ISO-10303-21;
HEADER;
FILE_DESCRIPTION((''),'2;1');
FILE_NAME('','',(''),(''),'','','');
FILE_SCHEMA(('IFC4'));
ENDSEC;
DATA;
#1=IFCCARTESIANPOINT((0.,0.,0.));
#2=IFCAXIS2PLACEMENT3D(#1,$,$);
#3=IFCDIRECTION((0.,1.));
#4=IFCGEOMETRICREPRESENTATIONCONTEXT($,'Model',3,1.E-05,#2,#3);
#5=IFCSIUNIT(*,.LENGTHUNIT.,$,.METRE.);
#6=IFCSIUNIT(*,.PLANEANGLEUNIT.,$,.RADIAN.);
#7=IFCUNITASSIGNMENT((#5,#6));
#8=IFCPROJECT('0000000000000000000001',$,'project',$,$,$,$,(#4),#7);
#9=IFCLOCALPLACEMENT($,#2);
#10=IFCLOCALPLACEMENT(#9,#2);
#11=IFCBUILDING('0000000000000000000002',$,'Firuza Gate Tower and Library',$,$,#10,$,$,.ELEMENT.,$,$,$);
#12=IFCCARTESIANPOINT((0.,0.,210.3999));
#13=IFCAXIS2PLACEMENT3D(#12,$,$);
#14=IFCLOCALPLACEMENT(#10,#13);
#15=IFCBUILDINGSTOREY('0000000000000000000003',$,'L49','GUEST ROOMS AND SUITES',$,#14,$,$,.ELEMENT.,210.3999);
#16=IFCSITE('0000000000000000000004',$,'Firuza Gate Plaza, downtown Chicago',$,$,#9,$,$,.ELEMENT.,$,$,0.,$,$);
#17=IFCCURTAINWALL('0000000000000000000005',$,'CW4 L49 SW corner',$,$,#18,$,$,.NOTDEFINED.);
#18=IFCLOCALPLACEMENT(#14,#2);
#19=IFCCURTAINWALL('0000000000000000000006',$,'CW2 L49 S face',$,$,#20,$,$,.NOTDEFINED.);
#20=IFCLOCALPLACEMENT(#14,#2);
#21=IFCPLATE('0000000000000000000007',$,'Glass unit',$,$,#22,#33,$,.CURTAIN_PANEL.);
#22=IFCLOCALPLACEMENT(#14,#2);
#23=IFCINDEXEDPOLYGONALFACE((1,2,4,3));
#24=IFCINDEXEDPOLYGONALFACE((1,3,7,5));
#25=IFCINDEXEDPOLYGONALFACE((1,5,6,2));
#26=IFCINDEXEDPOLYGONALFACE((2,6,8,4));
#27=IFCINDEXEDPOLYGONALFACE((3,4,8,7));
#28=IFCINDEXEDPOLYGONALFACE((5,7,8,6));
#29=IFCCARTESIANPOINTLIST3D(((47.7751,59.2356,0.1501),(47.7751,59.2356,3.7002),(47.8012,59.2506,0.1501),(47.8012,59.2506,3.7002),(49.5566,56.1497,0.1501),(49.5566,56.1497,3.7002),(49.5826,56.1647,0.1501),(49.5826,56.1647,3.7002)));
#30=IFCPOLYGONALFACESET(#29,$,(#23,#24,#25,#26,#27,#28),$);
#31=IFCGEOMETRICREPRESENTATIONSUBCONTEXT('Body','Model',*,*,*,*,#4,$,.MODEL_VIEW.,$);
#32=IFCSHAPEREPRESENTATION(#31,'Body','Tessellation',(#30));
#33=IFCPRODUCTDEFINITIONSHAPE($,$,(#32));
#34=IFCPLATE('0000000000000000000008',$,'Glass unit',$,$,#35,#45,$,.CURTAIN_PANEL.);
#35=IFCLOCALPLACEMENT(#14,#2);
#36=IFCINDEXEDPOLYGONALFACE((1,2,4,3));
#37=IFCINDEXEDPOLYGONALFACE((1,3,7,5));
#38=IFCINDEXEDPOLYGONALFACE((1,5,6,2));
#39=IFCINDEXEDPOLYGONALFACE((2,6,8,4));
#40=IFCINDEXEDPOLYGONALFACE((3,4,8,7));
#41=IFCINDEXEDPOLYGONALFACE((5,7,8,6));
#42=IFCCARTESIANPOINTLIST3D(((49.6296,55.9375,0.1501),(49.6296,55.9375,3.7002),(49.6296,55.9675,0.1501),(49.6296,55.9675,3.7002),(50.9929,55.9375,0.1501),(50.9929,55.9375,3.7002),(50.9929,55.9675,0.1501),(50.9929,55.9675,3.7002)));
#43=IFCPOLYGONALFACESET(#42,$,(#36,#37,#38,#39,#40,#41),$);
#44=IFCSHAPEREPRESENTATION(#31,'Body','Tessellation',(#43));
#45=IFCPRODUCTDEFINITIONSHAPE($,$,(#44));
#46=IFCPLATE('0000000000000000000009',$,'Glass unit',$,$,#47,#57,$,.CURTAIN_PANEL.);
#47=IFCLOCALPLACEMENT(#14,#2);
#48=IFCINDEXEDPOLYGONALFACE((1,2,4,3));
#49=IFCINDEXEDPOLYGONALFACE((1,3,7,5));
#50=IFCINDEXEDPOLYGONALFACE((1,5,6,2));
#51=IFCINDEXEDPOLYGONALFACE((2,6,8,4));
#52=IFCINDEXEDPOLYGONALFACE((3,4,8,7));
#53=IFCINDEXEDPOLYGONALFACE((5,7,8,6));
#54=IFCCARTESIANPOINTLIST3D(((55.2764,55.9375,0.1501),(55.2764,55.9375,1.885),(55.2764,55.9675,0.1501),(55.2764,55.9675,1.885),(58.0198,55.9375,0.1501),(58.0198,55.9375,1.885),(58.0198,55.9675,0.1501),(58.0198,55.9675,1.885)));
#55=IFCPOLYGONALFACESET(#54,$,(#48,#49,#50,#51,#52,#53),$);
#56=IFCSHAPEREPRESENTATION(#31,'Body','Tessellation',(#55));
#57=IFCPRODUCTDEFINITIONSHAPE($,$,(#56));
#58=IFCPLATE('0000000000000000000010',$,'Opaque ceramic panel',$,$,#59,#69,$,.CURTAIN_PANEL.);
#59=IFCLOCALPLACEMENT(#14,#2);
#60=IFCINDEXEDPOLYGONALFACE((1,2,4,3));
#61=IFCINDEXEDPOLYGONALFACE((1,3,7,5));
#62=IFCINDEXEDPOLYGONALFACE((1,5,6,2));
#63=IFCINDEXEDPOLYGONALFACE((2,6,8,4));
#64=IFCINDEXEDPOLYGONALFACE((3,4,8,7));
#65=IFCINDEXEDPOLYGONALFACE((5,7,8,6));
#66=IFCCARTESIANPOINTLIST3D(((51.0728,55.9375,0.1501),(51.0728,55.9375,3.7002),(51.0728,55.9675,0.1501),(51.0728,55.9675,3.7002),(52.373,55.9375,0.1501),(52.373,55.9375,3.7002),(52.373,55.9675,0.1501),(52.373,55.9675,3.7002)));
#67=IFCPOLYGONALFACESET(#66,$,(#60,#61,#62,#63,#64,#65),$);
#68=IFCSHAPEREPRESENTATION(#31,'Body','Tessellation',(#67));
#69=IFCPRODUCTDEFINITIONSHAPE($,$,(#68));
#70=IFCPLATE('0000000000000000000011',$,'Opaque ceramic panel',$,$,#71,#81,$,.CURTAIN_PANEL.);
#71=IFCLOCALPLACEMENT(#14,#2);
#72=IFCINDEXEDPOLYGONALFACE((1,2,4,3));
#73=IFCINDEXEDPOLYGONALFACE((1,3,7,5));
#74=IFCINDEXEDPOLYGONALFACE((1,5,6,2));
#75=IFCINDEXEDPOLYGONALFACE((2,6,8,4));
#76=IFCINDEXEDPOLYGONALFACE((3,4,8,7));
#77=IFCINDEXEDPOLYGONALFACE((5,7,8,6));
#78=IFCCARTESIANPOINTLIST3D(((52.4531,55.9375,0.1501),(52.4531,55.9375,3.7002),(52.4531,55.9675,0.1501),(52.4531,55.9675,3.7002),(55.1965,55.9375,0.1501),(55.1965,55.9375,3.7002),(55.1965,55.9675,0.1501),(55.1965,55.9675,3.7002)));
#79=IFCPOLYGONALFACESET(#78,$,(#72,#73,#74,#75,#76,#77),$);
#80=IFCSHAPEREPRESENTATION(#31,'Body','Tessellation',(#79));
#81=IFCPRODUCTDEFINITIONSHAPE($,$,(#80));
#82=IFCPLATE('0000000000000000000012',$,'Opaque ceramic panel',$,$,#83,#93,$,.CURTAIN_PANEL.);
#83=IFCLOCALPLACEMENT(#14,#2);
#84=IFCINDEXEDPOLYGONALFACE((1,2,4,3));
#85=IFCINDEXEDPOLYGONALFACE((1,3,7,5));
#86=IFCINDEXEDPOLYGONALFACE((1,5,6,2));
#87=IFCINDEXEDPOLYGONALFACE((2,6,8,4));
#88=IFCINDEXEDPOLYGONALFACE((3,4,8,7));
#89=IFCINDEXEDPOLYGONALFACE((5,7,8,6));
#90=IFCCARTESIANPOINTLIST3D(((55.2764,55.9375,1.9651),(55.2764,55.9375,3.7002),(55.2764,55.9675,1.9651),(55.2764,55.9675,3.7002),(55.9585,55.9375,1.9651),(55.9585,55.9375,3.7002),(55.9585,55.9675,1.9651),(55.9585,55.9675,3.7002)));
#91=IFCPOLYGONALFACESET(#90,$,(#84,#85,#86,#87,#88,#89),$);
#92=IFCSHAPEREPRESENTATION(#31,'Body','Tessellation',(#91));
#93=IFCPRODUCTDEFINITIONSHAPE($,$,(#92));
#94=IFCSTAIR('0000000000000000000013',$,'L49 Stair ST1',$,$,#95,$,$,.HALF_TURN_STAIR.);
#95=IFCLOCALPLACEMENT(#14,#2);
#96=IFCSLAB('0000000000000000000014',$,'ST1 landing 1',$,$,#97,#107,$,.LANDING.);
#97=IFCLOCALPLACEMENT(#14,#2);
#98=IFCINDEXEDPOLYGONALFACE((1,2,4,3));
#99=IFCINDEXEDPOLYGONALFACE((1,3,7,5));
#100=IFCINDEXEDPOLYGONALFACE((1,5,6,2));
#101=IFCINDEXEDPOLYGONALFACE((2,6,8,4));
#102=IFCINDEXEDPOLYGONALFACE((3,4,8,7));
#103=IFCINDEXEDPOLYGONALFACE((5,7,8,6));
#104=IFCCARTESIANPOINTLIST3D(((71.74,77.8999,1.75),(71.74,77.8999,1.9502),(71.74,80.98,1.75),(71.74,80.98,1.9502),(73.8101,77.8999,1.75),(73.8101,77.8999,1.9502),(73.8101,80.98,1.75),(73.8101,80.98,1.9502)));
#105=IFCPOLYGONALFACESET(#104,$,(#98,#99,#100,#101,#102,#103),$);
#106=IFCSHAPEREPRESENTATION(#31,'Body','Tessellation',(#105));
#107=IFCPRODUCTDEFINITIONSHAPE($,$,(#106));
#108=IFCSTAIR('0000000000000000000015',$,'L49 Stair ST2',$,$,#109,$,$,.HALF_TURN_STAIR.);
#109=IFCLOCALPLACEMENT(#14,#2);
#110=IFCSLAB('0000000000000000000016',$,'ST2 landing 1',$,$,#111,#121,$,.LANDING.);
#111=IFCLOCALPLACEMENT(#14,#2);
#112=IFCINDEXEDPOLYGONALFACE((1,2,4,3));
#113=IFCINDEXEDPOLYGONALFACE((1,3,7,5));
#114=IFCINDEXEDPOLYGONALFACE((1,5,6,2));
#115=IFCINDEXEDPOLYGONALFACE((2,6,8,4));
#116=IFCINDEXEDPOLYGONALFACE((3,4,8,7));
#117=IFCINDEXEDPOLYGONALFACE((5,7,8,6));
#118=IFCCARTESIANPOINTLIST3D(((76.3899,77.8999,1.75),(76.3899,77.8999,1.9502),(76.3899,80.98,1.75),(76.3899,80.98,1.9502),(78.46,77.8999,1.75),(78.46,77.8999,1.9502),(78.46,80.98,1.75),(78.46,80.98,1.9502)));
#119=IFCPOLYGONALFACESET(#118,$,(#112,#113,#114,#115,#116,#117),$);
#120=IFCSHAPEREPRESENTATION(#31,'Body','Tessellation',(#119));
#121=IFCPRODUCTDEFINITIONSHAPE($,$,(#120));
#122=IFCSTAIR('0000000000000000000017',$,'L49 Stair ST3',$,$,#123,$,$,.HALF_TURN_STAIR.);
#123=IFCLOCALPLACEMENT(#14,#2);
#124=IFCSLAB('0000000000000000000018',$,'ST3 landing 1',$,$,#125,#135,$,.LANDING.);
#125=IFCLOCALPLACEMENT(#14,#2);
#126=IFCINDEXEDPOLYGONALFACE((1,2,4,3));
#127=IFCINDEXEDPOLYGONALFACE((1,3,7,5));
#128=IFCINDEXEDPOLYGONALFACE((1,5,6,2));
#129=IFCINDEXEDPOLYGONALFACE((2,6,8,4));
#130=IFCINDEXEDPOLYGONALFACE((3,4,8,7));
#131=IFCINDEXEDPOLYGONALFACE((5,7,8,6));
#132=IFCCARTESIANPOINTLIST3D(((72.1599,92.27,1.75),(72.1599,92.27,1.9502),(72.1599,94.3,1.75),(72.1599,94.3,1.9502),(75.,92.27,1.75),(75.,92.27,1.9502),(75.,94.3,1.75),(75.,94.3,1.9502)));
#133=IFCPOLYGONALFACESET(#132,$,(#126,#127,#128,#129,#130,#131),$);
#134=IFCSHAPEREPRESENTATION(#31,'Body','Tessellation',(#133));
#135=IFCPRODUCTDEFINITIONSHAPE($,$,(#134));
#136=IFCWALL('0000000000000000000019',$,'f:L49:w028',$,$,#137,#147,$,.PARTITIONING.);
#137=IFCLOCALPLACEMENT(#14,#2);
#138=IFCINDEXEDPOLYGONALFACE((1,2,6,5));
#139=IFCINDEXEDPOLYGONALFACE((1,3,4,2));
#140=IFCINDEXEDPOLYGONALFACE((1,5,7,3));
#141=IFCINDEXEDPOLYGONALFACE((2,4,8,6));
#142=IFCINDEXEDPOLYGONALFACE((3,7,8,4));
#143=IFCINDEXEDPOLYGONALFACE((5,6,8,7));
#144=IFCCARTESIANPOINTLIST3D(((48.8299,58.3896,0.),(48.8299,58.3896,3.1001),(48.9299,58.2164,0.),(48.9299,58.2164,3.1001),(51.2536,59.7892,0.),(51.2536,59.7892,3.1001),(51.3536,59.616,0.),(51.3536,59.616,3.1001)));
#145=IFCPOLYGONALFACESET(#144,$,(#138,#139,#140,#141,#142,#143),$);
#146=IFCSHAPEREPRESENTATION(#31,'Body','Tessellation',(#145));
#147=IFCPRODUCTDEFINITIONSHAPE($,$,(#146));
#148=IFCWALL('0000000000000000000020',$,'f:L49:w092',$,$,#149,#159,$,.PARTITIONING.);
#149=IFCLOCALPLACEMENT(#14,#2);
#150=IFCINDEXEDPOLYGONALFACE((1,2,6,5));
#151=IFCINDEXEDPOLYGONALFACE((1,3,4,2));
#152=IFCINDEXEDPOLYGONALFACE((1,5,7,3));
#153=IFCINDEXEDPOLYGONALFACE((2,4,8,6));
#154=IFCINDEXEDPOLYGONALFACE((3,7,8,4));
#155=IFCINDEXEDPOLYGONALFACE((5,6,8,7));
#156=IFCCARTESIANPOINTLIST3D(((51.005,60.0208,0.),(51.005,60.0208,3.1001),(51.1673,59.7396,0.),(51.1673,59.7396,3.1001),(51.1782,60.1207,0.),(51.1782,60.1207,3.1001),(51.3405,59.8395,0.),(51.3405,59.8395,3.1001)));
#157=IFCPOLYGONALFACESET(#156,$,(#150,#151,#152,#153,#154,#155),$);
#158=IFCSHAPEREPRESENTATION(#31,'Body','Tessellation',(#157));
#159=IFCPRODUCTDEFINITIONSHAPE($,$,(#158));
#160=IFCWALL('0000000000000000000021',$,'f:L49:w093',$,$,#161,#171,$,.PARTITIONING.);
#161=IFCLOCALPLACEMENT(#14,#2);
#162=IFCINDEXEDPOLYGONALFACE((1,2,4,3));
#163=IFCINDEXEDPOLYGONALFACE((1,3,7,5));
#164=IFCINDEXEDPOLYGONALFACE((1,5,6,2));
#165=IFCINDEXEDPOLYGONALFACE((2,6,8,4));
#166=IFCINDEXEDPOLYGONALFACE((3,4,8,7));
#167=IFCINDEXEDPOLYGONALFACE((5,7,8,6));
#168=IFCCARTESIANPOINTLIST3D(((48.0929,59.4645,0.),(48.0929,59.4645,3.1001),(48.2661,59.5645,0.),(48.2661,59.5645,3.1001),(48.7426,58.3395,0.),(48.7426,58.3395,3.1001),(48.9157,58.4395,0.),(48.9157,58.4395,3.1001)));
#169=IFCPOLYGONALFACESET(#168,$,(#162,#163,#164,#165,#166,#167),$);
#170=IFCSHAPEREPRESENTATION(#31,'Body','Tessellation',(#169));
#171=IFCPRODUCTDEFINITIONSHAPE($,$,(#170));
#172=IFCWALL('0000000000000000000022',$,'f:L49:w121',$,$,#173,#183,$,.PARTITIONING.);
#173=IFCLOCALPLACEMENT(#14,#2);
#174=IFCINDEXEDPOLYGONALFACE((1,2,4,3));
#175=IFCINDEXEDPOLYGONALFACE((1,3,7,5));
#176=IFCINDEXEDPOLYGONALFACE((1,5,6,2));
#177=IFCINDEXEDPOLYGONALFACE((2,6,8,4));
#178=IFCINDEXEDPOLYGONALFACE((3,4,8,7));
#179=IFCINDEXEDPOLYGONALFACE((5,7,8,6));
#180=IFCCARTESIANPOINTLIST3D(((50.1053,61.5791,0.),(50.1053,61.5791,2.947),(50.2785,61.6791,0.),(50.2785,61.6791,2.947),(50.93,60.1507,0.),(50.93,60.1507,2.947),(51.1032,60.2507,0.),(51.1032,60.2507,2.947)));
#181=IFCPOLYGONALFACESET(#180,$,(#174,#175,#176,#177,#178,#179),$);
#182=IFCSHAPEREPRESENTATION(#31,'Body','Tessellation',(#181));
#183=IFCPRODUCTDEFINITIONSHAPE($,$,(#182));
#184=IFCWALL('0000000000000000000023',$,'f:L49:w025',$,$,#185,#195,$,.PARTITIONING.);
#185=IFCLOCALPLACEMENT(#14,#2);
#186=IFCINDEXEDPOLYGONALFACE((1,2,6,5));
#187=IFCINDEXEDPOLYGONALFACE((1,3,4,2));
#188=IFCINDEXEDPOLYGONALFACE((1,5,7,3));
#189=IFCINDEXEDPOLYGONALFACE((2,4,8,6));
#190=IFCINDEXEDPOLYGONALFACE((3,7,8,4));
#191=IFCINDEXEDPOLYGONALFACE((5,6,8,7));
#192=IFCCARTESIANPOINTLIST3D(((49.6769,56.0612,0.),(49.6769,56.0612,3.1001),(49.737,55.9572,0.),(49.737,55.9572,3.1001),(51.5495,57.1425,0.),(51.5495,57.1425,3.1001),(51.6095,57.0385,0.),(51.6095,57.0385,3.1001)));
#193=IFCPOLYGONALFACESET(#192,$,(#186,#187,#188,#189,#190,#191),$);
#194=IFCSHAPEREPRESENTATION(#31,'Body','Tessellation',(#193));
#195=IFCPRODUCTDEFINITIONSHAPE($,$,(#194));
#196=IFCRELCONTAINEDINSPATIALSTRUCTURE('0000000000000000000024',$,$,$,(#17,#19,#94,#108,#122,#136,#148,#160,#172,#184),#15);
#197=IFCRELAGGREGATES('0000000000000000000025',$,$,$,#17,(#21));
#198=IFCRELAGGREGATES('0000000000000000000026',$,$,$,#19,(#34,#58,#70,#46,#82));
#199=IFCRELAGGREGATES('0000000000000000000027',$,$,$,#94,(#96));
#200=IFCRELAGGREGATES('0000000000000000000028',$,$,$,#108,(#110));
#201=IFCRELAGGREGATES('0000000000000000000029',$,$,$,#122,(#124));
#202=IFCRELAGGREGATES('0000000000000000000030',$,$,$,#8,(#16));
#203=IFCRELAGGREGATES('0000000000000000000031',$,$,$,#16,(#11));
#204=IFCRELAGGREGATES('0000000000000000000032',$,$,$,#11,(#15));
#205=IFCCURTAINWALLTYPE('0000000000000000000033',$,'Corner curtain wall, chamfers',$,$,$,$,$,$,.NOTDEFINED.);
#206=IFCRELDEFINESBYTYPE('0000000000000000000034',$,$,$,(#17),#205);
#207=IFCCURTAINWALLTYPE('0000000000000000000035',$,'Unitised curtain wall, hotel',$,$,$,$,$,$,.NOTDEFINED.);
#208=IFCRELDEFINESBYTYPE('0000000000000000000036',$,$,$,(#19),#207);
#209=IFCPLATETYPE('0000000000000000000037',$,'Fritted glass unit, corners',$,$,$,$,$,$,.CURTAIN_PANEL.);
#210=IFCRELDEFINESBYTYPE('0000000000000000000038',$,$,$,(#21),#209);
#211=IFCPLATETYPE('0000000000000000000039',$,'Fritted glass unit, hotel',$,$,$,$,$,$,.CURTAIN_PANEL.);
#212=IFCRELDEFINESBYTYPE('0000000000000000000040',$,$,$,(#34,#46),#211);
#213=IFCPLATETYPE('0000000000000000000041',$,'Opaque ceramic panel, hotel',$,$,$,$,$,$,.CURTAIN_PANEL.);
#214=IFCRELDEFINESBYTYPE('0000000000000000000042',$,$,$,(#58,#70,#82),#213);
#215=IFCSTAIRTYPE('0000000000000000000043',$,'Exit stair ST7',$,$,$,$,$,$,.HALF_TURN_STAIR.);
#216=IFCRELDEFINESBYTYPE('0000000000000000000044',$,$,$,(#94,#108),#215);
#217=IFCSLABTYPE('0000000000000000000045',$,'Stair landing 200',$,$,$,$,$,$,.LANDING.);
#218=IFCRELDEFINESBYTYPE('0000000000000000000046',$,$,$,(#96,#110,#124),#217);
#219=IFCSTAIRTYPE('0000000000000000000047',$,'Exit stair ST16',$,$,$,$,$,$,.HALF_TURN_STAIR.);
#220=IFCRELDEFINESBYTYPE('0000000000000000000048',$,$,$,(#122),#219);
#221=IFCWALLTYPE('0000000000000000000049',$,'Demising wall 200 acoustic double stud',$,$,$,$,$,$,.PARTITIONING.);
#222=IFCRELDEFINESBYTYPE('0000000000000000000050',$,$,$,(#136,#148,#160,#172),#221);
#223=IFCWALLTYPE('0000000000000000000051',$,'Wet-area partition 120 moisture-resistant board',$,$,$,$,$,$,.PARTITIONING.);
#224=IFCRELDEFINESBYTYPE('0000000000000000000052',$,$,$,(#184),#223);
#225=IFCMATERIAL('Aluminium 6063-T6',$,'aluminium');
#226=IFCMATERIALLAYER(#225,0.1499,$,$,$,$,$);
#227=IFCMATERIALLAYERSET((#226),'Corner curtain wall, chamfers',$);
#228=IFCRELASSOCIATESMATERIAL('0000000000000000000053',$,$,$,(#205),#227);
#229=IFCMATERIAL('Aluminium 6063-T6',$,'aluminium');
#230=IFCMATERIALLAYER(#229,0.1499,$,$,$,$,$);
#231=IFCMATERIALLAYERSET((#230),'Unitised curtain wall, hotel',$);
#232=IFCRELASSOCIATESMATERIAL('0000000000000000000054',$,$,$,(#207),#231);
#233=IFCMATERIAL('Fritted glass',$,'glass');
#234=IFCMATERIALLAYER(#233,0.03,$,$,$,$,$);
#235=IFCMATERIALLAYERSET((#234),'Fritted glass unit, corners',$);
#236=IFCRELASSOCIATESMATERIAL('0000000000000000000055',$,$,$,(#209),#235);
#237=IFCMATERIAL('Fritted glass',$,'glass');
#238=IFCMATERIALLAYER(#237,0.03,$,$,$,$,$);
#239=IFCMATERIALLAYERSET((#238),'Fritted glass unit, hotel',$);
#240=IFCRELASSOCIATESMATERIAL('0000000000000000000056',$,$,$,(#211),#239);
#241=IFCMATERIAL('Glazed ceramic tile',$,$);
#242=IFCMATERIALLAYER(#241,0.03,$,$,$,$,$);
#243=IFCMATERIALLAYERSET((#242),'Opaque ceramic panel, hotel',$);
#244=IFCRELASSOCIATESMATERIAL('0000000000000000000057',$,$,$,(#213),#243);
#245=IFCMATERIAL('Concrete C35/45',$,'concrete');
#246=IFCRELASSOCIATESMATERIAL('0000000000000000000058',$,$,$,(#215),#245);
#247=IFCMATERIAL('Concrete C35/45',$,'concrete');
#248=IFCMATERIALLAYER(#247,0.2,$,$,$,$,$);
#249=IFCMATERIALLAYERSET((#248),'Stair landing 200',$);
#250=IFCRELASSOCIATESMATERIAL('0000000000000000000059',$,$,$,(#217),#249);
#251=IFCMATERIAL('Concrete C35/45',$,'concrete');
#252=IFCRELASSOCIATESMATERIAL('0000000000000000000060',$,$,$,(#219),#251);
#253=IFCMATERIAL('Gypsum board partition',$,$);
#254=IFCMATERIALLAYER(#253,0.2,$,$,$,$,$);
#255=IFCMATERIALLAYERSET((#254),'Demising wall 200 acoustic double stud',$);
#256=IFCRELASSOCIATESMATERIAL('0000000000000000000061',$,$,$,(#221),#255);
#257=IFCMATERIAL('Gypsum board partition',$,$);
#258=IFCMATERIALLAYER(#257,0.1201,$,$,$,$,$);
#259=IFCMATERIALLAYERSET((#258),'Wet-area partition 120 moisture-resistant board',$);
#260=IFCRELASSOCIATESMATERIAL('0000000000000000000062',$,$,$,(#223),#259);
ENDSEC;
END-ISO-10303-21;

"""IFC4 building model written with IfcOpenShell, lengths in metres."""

from ifc_helpers import new_model, si_unit, direction, frame, frame_2d, origin, place, context, subcontext, project, spatial, polyline, rectangle, outline, extrude, material, layer, layer_set, type_object, element, aggregate, save


model = new_model("IFC4")

# Units and contexts
model_context = context("Model", 3, precision=1e-05, world=origin(), true_north=direction((0.0, 1.0)))
body_context = subcontext(model_context, "Body", "Model", "MODEL_VIEW")
ifc_project = project(units=[si_unit("LENGTHUNIT", "METRE"), si_unit("PLANEANGLEUNIT", "RADIAN")], contexts=[model_context])

# Site, building, storey
site_placement = place(None, origin())
site = spatial("IfcSite", under=ifc_project, at=site_placement, Name="Firuza Gate Plaza, downtown Chicago", CompositionType="ELEMENT", RefElevation=0.0)
building_placement = place(site_placement, origin())
building = spatial("IfcBuilding", under=site, at=building_placement, Name="Firuza Gate Tower and Library", CompositionType="ELEMENT")
storey_placement = place(building_placement, frame((0.0, 0.0, 210.3999)))
storey = spatial("IfcBuildingStorey", under=building, at=storey_placement, Name="L49", Description="GUEST ROOMS AND SUITES", CompositionType="ELEMENT", Elevation=210.3999)

# Curtain walls
ifc_material_1 = material(Name="Aluminium 6063-T6", Category="aluminium")
ifc_layer_1 = layer(ifc_material_1, 0.1499)
ifc_layer_set_1 = layer_set([ifc_layer_1], Name="Corner curtain wall, chamfers")
curtain_wall_type_1 = type_object("IfcCurtainWallType", Name="Corner curtain wall, chamfers", PredefinedType="NOTDEFINED", material=ifc_layer_set_1)
placement_1 = place(storey_placement, origin())
curtain_wall_1 = element("IfcCurtainWall", 1, at=placement_1, inside=storey, type_object=curtain_wall_type_1, Name="CW4 L49 SW corner", PredefinedType="NOTDEFINED")
ifc_material_2 = material(Name="Aluminium 6063-T6", Category="aluminium")
ifc_layer_2 = layer(ifc_material_2, 0.1499)
ifc_layer_set_2 = layer_set([ifc_layer_2], Name="Unitised curtain wall, hotel")
curtain_wall_type_2 = type_object("IfcCurtainWallType", Name="Unitised curtain wall, hotel", PredefinedType="NOTDEFINED", material=ifc_layer_set_2)
curtain_wall_2 = element("IfcCurtainWall", 2, at=placement_1, inside=storey, type_object=curtain_wall_type_2, Name="CW2 L49 S face", PredefinedType="NOTDEFINED")

# Plates
ifc_material_3 = material(Name="Fritted glass", Category="glass")
ifc_layer_3 = layer(ifc_material_3, 0.03)
ifc_layer_set_3 = layer_set([ifc_layer_3], Name="Fritted glass unit, corners")
plate_type_1 = type_object("IfcPlateType", Name="Fritted glass unit, corners", PredefinedType="CURTAIN_PANEL", material=ifc_layer_set_3)
plate_1_placement = place(storey_placement, frame((47.7751, 59.2356, 0.1501), z_axis=(-0.866046, -0.499964, 0.0), x_axis=(0.499964, -0.866046, 0.0)))
plate_1 = element("IfcPlate", 3, at=plate_1_placement, type_object=plate_type_1, Name="Glass unit", PredefinedType="CURTAIN_PANEL", context=body_context, shape_type="SweptSolid", body=[
    extrude(outline(polyline([(0.0, 0.0), (3.5632, 0.0), (3.5632, 3.55), (0.0, 3.55), (0.0, 0.0)])), origin(), (0.0, 0.0, -1.0), 0.03),
])
aggregate(curtain_wall_1, [plate_1])
ifc_material_4 = material(Name="Fritted glass", Category="glass")
ifc_layer_4 = layer(ifc_material_4, 0.03)
ifc_layer_set_4 = layer_set([ifc_layer_4], Name="Fritted glass unit, hotel")
plate_type_2 = type_object("IfcPlateType", Name="Fritted glass unit, hotel", PredefinedType="CURTAIN_PANEL", material=ifc_layer_set_4)
plate_2_placement = place(storey_placement, frame((49.6296, 55.9375, 0.1501), z_axis=(0.0, -1.0, 0.0), x_axis=(1.0, 0.0, 0.0)))
plate_2 = element("IfcPlate", 4, at=plate_2_placement, type_object=plate_type_2, Name="Glass unit", PredefinedType="CURTAIN_PANEL", context=body_context, shape_type="SweptSolid", body=[
    extrude(outline(polyline([(0.0, 0.0), (1.3633, 0.0), (1.3633, 3.55), (0.0, 3.55), (0.0, 0.0)])), origin(), (0.0, 0.0, -1.0), 0.03),
])
plate_3_placement = place(storey_placement, frame((55.2764, 55.9375, 0.1501), z_axis=(0.0, -1.0, 0.0), x_axis=(1.0, 0.0, 0.0)))
plate_3 = element("IfcPlate", 5, at=plate_3_placement, type_object=plate_type_2, Name="Glass unit", PredefinedType="CURTAIN_PANEL", context=body_context, shape_type="SweptSolid", body=[
    extrude(outline(polyline([(0.0, 0.0), (2.7434, 0.0), (2.7434, 1.7349), (0.0, 1.7349), (0.0, 0.0)])), origin(), (0.0, 0.0, -1.0), 0.03),
])
ifc_material_5 = material(Name="Glazed ceramic tile")
ifc_layer_5 = layer(ifc_material_5, 0.03)
ifc_layer_set_5 = layer_set([ifc_layer_5], Name="Opaque ceramic panel, hotel")
plate_type_3 = type_object("IfcPlateType", Name="Opaque ceramic panel, hotel", PredefinedType="CURTAIN_PANEL", material=ifc_layer_set_5)
plate_4_placement = place(storey_placement, frame((51.0728, 55.9375, 0.1501), z_axis=(0.0, -1.0, 0.0), x_axis=(1.0, 0.0, 0.0)))
plate_4 = element("IfcPlate", 6, at=plate_4_placement, type_object=plate_type_3, Name="Opaque ceramic panel", PredefinedType="CURTAIN_PANEL", context=body_context, shape_type="SweptSolid", body=[
    extrude(outline(polyline([(0.0, 0.0), (1.3003, 0.0), (1.3003, 3.55), (0.0, 3.55), (0.0, 0.0)])), origin(), (0.0, 0.0, -1.0), 0.03),
])
plate_5_placement = place(storey_placement, frame((52.4531, 55.9375, 0.1501), z_axis=(0.0, -1.0, 0.0), x_axis=(1.0, 0.0, 0.0)))
plate_5 = element("IfcPlate", 7, at=plate_5_placement, type_object=plate_type_3, Name="Opaque ceramic panel", PredefinedType="CURTAIN_PANEL", context=body_context, shape_type="SweptSolid", body=[
    extrude(outline(polyline([(0.0, 0.0), (2.7434, 0.0), (2.7434, 3.55), (0.0, 3.55), (0.0, 0.0)])), origin(), (0.0, 0.0, -1.0), 0.03),
])
plate_6_placement = place(storey_placement, frame((55.2764, 55.9375, 1.9651), z_axis=(0.0, -1.0, 0.0), x_axis=(1.0, 0.0, 0.0)))
plate_6 = element("IfcPlate", 8, at=plate_6_placement, type_object=plate_type_3, Name="Opaque ceramic panel", PredefinedType="CURTAIN_PANEL", context=body_context, shape_type="SweptSolid", body=[
    extrude(outline(polyline([(0.0, 0.0), (0.6821, 0.0), (0.6821, 1.7351), (0.0, 1.7351), (0.0, 0.0)])), origin(), (0.0, 0.0, -1.0), 0.03),
])
aggregate(curtain_wall_2, [plate_2, plate_4, plate_5, plate_3, plate_6])

# Stairs, slabs
ifc_material_6 = material(Name="Concrete C35/45", Category="concrete")
stair_type_1 = type_object("IfcStairType", Name="Exit stair ST7", PredefinedType="HALF_TURN_STAIR", material=ifc_material_6)
stair_1 = element("IfcStair", 9, at=placement_1, inside=storey, type_object=stair_type_1, Name="L49 Stair ST1", PredefinedType="HALF_TURN_STAIR")
ifc_material_7 = material(Name="Concrete C35/45", Category="concrete")
ifc_layer_6 = layer(ifc_material_7, 0.2)
ifc_layer_set_6 = layer_set([ifc_layer_6], Name="Stair landing 200")
slab_type_1 = type_object("IfcSlabType", Name="Stair landing 200", PredefinedType="LANDING", material=ifc_layer_set_6)
placement_2 = place(storey_placement, frame((0.0, 0.0, 1.75)))
slab_1 = element("IfcSlab", 10, at=placement_2, type_object=slab_type_1, Name="ST1 landing 1", PredefinedType="LANDING", context=body_context, shape_type="SweptSolid", body=[
    extrude(outline(polyline([(71.74, 77.8999), (73.8101, 77.8999), (73.8101, 80.98), (71.74, 80.98), (71.74, 77.8999)])), origin(), (0.0, 0.0, 1.0), 0.2002),
])
aggregate(stair_1, [slab_1])
stair_2 = element("IfcStair", 11, at=placement_1, inside=storey, type_object=stair_type_1, Name="L49 Stair ST2", PredefinedType="HALF_TURN_STAIR")
slab_2 = element("IfcSlab", 12, at=placement_2, type_object=slab_type_1, Name="ST2 landing 1", PredefinedType="LANDING", context=body_context, shape_type="SweptSolid", body=[
    extrude(outline(polyline([(78.46, 80.98), (76.3899, 80.98), (76.3899, 77.8999), (78.46, 77.8999), (78.46, 80.98)])), origin(), (0.0, 0.0, 1.0), 0.2002),
])
aggregate(stair_2, [slab_2])
ifc_material_8 = material(Name="Concrete C35/45", Category="concrete")
stair_type_2 = type_object("IfcStairType", Name="Exit stair ST16", PredefinedType="HALF_TURN_STAIR", material=ifc_material_8)
stair_3 = element("IfcStair", 13, at=placement_1, inside=storey, type_object=stair_type_2, Name="L49 Stair ST3", PredefinedType="HALF_TURN_STAIR")
slab_3 = element("IfcSlab", 14, at=placement_2, type_object=slab_type_1, Name="ST3 landing 1", PredefinedType="LANDING", context=body_context, shape_type="SweptSolid", body=[
    extrude(outline(polyline([(75.0, 92.27), (75.0, 94.3), (72.1599, 94.3), (72.1599, 92.27), (75.0, 92.27)])), origin(), (0.0, 0.0, 1.0), 0.2002),
])
aggregate(stair_3, [slab_3])

# Walls
ifc_material_9 = material(Name="Gypsum board partition")
ifc_layer_7 = layer(ifc_material_9, 0.2)
ifc_layer_set_7 = layer_set([ifc_layer_7], Name="Demising wall 200 acoustic double stud")
wall_type_1 = type_object("IfcWallType", Name="Demising wall 200 acoustic double stud", PredefinedType="PARTITIONING", material=ifc_layer_set_7)
wall_1_placement = place(storey_placement, frame((48.8799, 58.303, 0.0), z_axis=(0.0, 0.0, 1.0), x_axis=(0.865985, 0.50007, 0.0)))
element("IfcWall", 15, at=wall_1_placement, inside=storey, type_object=wall_type_1, Name="f:L49:w028", PredefinedType="PARTITIONING", context=body_context, shape_type="SweptSolid", body=[
    extrude(rectangle(XDim=2.7988, YDim=0.2, at=frame_2d((1.3994, 0.0))), origin(), (0.0, 0.0, 1.0), 3.1001),
])
wall_2_placement = place(storey_placement, frame((51.2539, 59.7896, 0.0), z_axis=(0.0, 0.0, 1.0), x_axis=(-0.499939, 0.86606, 0.0)))
element("IfcWall", 16, at=wall_2_placement, inside=storey, type_object=wall_type_1, Name="f:L49:w092", PredefinedType="PARTITIONING", context=body_context, shape_type="SweptSolid", body=[
    extrude(rectangle(XDim=0.3247, YDim=0.2, at=frame_2d((0.1624, 0.0))), origin(), (0.0, 0.0, 1.0), 3.1001),
])
wall_3_placement = place(storey_placement, frame((48.8291, 58.3896, 0.0), z_axis=(0.0, 0.0, 1.0), x_axis=(-0.50008, 0.865979, 0.0)))
element("IfcWall", 17, at=wall_3_placement, inside=storey, type_object=wall_type_1, Name="f:L49:w093", PredefinedType="PARTITIONING", context=body_context, shape_type="SweptSolid", body=[
    extrude(rectangle(XDim=1.2991, YDim=0.2, at=frame_2d((0.6494, 0.0))), origin(), (0.0, 0.0, 1.0), 3.1001),
])
wall_4_placement = place(storey_placement, frame((51.0166, 60.2007, 0.0), z_axis=(0.0, 0.0, 1.0), x_axis=(-0.499992, 0.86603, 0.0)))
element("IfcWall", 18, at=wall_4_placement, inside=storey, type_object=wall_type_1, Name="f:L49:w121", PredefinedType="PARTITIONING", context=body_context, shape_type="SweptSolid", body=[
    extrude(rectangle(XDim=1.6494, YDim=0.2, at=frame_2d((0.8247, 0.0))), origin(), (0.0, 0.0, 1.0), 2.947),
])
ifc_material_10 = material(Name="Gypsum board partition")
ifc_layer_8 = layer(ifc_material_10, 0.1201)
ifc_layer_set_8 = layer_set([ifc_layer_8], Name="Wet-area partition 120 moisture-resistant board")
wall_type_2 = type_object("IfcWallType", Name="Wet-area partition 120 moisture-resistant board", PredefinedType="PARTITIONING", material=ifc_layer_set_8)
wall_5_placement = place(storey_placement, frame((49.707, 56.0093, 0.0), z_axis=(0.0, 0.0, 1.0), x_axis=(0.86599, 0.500061, 0.0)))
element("IfcWall", 19, at=wall_5_placement, inside=storey, type_object=wall_type_2, Name="f:L49:w025", PredefinedType="PARTITIONING", context=body_context, shape_type="SweptSolid", body=[
    extrude(rectangle(XDim=2.1624, YDim=0.1201, at=frame_2d((1.0811, 0.0))), origin(), (0.0, 0.0, 1.0), 3.1001),
])

save(model, "model.ifc")
